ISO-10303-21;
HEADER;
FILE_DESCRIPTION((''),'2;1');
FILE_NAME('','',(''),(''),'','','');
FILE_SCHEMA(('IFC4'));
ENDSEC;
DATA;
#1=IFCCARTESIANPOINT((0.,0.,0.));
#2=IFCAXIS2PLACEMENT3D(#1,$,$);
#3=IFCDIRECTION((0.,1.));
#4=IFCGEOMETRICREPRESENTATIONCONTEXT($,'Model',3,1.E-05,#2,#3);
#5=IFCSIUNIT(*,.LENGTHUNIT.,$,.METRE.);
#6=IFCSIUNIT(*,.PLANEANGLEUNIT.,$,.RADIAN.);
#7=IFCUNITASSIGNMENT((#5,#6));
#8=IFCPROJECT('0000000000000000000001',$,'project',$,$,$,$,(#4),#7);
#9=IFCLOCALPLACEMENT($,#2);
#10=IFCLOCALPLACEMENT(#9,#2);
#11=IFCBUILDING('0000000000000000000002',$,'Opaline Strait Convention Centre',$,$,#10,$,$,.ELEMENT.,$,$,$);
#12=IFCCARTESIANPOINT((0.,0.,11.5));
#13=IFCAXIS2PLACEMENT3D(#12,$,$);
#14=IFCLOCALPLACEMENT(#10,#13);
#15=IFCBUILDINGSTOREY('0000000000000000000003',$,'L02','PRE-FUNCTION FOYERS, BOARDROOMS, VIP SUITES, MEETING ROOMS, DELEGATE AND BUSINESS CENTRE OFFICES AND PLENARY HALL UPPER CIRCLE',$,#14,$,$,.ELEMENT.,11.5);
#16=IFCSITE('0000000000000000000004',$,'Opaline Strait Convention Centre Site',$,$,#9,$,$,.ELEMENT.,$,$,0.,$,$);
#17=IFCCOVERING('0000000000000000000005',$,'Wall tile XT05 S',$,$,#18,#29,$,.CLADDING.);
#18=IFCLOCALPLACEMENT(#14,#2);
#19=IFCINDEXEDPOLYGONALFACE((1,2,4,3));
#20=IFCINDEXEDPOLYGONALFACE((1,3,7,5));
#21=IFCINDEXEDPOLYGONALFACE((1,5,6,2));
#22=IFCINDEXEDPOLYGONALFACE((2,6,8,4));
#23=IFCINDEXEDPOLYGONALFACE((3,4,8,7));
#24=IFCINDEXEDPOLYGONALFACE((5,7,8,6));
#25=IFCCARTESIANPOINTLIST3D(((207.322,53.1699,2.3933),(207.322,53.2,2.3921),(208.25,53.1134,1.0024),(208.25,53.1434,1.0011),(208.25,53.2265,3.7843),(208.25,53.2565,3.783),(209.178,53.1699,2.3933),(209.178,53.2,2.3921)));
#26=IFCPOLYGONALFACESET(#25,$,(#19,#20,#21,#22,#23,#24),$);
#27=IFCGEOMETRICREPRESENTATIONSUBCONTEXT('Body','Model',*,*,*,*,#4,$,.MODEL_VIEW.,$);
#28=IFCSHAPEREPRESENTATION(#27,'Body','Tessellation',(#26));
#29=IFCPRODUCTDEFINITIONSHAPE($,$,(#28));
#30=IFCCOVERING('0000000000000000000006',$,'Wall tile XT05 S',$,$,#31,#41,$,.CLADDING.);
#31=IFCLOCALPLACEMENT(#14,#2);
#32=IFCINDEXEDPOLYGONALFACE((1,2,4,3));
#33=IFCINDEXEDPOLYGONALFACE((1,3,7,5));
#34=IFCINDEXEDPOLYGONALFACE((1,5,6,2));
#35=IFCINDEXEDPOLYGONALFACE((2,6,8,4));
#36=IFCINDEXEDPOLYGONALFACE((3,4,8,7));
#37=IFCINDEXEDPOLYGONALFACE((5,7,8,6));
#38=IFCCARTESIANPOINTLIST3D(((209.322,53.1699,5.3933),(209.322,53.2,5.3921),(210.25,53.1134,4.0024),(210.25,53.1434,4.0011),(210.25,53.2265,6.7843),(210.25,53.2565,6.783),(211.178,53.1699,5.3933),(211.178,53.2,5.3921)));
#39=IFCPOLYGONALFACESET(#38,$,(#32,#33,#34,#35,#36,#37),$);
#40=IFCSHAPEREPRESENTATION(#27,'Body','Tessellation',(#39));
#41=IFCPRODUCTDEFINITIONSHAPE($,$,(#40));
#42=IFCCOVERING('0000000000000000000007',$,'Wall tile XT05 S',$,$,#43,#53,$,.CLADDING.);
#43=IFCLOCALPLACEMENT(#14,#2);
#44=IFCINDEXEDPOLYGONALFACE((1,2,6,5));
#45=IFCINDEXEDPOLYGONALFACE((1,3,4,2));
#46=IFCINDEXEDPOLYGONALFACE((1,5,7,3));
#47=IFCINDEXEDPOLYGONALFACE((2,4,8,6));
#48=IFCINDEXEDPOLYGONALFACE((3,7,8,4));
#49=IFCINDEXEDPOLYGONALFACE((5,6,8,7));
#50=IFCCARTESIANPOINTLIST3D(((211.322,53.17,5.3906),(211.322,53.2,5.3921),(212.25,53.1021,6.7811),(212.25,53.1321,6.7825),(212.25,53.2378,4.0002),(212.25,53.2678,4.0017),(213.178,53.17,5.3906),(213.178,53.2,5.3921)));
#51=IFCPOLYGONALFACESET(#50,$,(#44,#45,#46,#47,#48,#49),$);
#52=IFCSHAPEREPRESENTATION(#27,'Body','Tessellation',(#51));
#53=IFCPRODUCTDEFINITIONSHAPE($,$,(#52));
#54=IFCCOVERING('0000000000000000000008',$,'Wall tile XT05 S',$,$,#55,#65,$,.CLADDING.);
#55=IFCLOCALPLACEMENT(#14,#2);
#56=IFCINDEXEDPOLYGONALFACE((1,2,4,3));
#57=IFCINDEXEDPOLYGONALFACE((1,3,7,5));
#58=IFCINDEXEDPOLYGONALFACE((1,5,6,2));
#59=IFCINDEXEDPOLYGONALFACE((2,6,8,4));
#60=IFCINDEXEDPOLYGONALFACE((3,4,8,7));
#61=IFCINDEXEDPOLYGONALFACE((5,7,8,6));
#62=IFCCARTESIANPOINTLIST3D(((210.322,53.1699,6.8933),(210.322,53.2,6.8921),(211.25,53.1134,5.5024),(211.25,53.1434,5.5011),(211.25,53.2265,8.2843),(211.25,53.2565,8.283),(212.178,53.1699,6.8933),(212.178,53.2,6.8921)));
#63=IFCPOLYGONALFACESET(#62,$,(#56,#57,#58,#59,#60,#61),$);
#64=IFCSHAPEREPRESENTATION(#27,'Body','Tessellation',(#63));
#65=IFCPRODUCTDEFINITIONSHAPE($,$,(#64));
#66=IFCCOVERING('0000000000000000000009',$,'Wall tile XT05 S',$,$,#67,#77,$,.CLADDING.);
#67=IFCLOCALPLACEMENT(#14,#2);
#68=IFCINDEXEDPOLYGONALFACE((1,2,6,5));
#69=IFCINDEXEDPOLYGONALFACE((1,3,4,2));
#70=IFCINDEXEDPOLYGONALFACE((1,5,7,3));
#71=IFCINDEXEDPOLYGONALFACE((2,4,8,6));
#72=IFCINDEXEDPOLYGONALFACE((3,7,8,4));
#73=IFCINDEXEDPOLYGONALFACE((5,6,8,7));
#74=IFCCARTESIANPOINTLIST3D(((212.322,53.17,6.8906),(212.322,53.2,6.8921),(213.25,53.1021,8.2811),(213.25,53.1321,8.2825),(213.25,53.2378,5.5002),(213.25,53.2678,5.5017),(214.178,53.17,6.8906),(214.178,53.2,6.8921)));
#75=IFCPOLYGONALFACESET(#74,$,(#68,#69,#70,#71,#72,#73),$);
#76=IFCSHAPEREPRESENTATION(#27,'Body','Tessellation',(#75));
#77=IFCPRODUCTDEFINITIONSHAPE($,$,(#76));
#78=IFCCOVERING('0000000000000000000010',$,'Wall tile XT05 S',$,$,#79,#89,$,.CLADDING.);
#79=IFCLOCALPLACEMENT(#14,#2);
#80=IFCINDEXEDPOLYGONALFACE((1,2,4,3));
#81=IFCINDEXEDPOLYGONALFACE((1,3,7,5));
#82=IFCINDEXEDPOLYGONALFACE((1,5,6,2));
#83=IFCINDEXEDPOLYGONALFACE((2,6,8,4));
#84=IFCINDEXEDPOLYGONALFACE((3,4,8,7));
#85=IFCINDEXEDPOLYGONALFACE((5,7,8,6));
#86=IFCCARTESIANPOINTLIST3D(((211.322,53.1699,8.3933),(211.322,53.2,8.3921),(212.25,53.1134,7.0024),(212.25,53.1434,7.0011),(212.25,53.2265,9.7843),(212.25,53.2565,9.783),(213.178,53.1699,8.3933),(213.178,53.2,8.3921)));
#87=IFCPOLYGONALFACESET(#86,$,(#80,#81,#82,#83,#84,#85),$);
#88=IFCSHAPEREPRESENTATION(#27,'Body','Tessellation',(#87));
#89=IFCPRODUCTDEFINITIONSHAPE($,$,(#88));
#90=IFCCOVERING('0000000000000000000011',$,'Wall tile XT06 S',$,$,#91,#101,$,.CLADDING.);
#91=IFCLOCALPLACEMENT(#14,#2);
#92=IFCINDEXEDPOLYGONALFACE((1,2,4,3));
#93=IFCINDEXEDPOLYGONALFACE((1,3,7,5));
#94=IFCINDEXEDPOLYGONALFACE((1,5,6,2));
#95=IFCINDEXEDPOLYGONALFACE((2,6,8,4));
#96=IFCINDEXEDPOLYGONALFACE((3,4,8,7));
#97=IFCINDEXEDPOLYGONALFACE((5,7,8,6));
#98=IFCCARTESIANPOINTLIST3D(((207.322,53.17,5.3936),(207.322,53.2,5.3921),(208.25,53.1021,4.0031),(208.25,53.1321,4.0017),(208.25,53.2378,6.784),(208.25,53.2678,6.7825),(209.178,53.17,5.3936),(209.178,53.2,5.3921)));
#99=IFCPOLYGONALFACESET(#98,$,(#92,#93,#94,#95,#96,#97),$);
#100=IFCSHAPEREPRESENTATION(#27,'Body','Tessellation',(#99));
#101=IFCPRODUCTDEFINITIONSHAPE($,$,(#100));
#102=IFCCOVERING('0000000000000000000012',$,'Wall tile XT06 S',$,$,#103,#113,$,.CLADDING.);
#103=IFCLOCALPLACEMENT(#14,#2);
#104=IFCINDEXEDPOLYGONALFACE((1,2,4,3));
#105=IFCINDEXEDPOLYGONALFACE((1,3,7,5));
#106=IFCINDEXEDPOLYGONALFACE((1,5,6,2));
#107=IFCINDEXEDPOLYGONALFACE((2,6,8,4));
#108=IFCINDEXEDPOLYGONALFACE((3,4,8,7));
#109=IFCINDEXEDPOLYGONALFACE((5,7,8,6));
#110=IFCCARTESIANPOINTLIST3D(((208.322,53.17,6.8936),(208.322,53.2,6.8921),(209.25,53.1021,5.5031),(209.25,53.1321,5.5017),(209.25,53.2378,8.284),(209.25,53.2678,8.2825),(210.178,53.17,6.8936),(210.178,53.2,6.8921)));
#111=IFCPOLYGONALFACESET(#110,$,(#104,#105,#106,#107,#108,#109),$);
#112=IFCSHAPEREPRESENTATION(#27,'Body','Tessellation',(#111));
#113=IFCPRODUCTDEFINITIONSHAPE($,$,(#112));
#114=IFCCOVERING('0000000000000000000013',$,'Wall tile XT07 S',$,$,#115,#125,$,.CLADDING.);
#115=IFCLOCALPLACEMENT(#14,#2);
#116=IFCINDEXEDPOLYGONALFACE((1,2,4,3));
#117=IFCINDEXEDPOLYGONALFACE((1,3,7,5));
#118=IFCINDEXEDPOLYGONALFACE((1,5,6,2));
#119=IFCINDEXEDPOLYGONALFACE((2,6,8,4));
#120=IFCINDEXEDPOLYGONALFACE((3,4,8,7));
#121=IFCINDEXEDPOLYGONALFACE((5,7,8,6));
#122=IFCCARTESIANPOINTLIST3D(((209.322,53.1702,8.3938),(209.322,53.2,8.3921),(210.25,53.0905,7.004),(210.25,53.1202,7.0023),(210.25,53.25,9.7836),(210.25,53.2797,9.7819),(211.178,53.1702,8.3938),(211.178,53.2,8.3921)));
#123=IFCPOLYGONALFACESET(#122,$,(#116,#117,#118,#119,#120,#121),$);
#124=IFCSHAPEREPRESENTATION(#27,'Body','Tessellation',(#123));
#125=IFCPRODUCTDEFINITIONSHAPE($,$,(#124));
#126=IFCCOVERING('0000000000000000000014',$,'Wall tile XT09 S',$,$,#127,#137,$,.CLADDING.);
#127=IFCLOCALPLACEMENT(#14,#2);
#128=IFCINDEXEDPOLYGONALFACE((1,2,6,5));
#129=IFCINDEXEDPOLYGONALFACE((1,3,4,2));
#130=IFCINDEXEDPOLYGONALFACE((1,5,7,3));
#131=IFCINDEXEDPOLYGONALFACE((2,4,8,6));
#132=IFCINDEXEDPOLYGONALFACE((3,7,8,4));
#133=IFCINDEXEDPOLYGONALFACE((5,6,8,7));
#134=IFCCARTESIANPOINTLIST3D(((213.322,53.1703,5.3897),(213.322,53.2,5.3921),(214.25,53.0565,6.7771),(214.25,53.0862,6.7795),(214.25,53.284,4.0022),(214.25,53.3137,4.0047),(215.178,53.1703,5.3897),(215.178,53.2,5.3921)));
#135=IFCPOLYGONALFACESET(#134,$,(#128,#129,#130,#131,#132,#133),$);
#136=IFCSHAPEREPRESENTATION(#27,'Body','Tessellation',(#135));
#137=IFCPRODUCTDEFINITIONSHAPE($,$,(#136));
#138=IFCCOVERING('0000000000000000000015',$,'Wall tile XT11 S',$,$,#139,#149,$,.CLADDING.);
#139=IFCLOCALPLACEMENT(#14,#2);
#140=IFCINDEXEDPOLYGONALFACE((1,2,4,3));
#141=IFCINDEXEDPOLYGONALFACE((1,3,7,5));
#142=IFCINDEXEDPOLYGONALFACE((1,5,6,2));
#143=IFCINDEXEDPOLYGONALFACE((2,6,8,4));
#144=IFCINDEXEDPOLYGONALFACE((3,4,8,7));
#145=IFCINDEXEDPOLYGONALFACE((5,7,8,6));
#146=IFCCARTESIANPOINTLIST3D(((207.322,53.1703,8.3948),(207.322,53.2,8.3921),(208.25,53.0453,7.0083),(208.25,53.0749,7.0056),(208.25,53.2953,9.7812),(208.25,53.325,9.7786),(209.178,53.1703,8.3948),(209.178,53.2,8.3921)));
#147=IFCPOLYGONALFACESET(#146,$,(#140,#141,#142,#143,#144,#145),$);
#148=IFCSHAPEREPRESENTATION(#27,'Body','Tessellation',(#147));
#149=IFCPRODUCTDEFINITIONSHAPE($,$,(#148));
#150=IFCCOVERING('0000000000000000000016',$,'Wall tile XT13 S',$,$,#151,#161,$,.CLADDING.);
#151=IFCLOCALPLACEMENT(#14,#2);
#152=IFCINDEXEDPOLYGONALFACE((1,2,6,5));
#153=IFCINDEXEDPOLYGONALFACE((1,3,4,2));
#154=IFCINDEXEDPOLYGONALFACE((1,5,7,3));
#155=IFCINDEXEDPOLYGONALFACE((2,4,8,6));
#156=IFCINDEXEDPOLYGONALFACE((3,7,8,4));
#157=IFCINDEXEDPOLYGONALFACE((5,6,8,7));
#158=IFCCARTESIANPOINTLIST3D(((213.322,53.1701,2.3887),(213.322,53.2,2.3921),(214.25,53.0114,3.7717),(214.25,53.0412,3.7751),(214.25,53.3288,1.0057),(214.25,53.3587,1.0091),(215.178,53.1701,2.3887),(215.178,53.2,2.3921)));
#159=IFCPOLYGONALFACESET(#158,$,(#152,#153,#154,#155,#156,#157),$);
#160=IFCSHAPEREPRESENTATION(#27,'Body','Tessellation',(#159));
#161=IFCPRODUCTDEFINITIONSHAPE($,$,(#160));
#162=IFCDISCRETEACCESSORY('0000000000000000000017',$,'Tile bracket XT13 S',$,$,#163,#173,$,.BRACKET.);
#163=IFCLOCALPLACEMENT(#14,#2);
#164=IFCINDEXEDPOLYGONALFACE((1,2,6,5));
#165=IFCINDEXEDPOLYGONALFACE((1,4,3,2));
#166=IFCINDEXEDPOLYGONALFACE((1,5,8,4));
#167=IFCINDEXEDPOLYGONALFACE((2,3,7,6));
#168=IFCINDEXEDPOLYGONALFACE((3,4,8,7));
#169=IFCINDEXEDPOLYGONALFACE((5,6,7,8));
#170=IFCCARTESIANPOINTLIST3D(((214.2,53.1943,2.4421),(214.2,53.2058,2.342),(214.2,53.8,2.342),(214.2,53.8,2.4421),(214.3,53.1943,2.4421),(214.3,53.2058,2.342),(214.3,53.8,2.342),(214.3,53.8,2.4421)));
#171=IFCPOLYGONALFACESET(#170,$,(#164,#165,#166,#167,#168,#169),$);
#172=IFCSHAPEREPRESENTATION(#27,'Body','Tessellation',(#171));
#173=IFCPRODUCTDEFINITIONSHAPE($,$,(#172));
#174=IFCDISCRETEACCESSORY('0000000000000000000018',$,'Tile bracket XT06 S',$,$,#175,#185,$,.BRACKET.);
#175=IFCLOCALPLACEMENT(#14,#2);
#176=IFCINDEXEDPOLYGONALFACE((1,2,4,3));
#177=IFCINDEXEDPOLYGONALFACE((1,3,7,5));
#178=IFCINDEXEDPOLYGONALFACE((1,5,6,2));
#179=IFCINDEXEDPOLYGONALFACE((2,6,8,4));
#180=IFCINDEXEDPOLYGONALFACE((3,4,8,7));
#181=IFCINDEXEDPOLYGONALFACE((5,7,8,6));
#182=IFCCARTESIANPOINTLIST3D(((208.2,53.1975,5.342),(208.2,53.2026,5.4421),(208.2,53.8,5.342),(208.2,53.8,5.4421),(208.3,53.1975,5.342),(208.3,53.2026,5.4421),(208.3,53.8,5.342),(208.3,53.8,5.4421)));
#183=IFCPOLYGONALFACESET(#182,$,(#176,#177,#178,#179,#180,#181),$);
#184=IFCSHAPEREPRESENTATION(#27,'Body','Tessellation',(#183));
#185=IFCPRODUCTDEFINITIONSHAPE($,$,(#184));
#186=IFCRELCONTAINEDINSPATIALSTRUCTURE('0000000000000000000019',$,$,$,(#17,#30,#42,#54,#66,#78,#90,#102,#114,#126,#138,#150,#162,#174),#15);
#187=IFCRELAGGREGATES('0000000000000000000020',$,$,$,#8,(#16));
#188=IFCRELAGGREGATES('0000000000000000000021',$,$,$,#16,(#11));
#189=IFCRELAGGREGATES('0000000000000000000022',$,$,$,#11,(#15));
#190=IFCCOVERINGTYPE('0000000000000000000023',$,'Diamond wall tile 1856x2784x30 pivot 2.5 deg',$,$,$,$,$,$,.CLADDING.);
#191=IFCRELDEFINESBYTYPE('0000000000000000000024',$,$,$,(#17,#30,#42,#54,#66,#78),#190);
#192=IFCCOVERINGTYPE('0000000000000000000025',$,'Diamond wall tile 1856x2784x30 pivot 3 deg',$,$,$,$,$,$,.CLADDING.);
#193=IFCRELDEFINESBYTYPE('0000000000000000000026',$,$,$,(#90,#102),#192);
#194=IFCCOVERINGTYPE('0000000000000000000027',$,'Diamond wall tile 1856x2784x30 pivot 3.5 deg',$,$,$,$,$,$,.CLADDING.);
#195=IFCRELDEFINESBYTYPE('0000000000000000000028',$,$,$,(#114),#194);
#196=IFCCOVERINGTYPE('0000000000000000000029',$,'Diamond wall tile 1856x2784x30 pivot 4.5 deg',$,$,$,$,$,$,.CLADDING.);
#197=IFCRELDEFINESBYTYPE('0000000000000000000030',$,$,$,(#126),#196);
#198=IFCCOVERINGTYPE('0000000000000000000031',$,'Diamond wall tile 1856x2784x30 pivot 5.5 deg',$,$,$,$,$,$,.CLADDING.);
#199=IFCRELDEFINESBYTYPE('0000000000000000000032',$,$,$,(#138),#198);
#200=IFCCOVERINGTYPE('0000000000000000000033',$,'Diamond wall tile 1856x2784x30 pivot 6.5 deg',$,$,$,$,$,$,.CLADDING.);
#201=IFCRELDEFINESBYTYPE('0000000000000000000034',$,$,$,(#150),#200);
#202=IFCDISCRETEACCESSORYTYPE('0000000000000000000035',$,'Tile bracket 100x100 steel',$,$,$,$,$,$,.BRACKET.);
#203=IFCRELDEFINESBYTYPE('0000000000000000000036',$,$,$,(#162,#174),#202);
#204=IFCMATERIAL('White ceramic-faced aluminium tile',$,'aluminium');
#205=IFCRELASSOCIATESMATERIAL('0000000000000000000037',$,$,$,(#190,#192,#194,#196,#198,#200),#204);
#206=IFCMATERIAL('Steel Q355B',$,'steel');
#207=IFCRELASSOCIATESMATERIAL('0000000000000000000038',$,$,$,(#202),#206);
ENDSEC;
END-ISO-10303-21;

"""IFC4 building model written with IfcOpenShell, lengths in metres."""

from ifc_helpers import new_model, si_unit, direction, frame, origin, place, context, subcontext, project, spatial, polyline, outline, extrude, material, material_profile, profile_set, type_object, element, save


model = new_model("IFC4")

# Units and contexts
model_context = context("Model", 3, precision=1e-05, world=origin(), true_north=direction((0.0, 1.0)))
body_context = subcontext(model_context, "Body", "Model", "MODEL_VIEW")
ifc_project = project(units=[si_unit("LENGTHUNIT", "METRE"), si_unit("PLANEANGLEUNIT", "RADIAN")], contexts=[model_context])

# Site, building, storey
site_placement = place(None, origin())
site = spatial("IfcSite", under=ifc_project, at=site_placement, Name="Opaline Strait Convention Centre Site", CompositionType="ELEMENT", RefElevation=0.0)
building_placement = place(site_placement, origin())
building = spatial("IfcBuilding", under=site, at=building_placement, Name="Opaline Strait Convention Centre", CompositionType="ELEMENT")
storey_placement = place(building_placement, frame((0.0, 0.0, 11.5)))
storey = spatial("IfcBuildingStorey", under=building, at=storey_placement, Name="L02", Description="PRE-FUNCTION FOYERS, BOARDROOMS, VIP SUITES, MEETING ROOMS, DELEGATE AND BUSINESS CENTRE OFFICES AND PLENARY HALL UPPER CIRCLE", CompositionType="ELEMENT", Elevation=11.5)

# Coverings
ifc_material_1 = material(Name="White ceramic-faced aluminium tile", Category="aluminium")
ifc_material_profile_1 = material_profile(ifc_material_1, outline(polyline([(0.928, 0.0), (0.0, 1.3921), (-0.928, 0.0), (0.0, -1.3921), (0.928, 0.0)])), Name="Diamond tile 1856x2784")
ifc_profile_set_1 = profile_set([ifc_material_profile_1], Name="White ceramic-faced aluminium tile")
covering_type_1 = type_object("IfcCoveringType", Name="Diamond wall tile 1856x2784x30 pivot 2.5 deg", PredefinedType="CLADDING", material=ifc_profile_set_1)
for number, where, z_axis, x_axis, name in (
    (1, (208.25, 53.2, 2.3921), (0.0, -0.999175, 0.040617), (1.0, 0.0, 0.0), "Wall tile XT05 S"),
    (2, (210.25, 53.2, 5.3921), (0.0, -0.999175, 0.040617), (1.0, 0.0, 0.0), "Wall tile XT05 S"),
    (3, (212.25, 53.2, 5.3921), (0.0, -0.998812, -0.048723), (1.0, 0.0, 0.0), "Wall tile XT05 S"),
    (4, (211.25, 53.2, 6.8921), (0.0, -0.999175, 0.040617), (1.0, 0.0, 0.0), "Wall tile XT05 S"),
    (5, (213.25, 53.2, 6.8921), (0.0, -0.998812, -0.048723), (1.0, 0.0, 0.0), "Wall tile XT05 S"),
    (6, (212.25, 53.2, 8.3921), (0.0, -0.999175, 0.040617), (1.0, 0.0, 0.0), "Wall tile XT05 S"),
):
    element("IfcCovering", number, at=place(storey_placement, frame(where, z_axis=z_axis, x_axis=x_axis)), inside=storey, type_object=covering_type_1, Name=name, PredefinedType="CLADDING", context=body_context, shape_type="SweptSolid", body=[
        extrude(outline(polyline([(0.928, 0.0), (0.0, 1.3921), (-0.928, 0.0), (0.0, -1.3921), (0.928, 0.0)])), origin(), (0.0, 0.0, 1.0), 0.03),
    ])
ifc_material_profile_2 = material_profile(ifc_material_1, outline(polyline([(0.928, 0.0), (0.0, 1.3921), (-0.928, 0.0), (0.0, -1.3921), (0.928, 0.0)])), Name="Diamond tile 1856x2784")
ifc_profile_set_2 = profile_set([ifc_material_profile_2], Name="White ceramic-faced aluminium tile")
covering_type_2 = type_object("IfcCoveringType", Name="Diamond wall tile 1856x2784x30 pivot 3 deg", PredefinedType="CLADDING", material=ifc_profile_set_2)
for number, where, z_axis, x_axis, name in (
    (7, (208.25, 53.2, 5.3921), (0.0, -0.998812, 0.048723), (1.0, 0.0, 0.0), "Wall tile XT06 S"),
    (8, (209.25, 53.2, 6.8921), (0.0, -0.998812, 0.048723), (1.0, 0.0, 0.0), "Wall tile XT06 S"),
):
    element("IfcCovering", number, at=place(storey_placement, frame(where, z_axis=z_axis, x_axis=x_axis)), inside=storey, type_object=covering_type_2, Name=name, PredefinedType="CLADDING", context=body_context, shape_type="SweptSolid", body=[
        extrude(outline(polyline([(0.928, 0.0), (0.0, 1.3921), (-0.928, 0.0), (0.0, -1.3921), (0.928, 0.0)])), origin(), (0.0, 0.0, 1.0), 0.03),
    ])
ifc_material_profile_3 = material_profile(ifc_material_1, outline(polyline([(0.928, 0.0), (0.0, 1.3921), (-0.928, 0.0), (0.0, -1.3921), (0.928, 0.0)])), Name="Diamond tile 1856x2784")
ifc_profile_set_3 = profile_set([ifc_material_profile_3], Name="White ceramic-faced aluminium tile")
covering_type_3 = type_object("IfcCoveringType", Name="Diamond wall tile 1856x2784x30 pivot 3.5 deg", PredefinedType="CLADDING", material=ifc_profile_set_3)
covering_1_placement = place(storey_placement, frame((210.25, 53.2, 8.3921), z_axis=(0.0, -0.998358, 0.057283), x_axis=(1.0, 0.0, 0.0)))
element("IfcCovering", 9, at=covering_1_placement, inside=storey, type_object=covering_type_3, Name="Wall tile XT07 S", PredefinedType="CLADDING", context=body_context, shape_type="SweptSolid", body=[
    extrude(outline(polyline([(0.928, 0.0), (0.0, 1.3921), (-0.928, 0.0), (0.0, -1.3921), (0.928, 0.0)])), origin(), (0.0, 0.0, 1.0), 0.0298),
])
ifc_material_profile_4 = material_profile(ifc_material_1, outline(polyline([(0.928, 0.0), (0.0, 1.3921), (-0.928, 0.0), (0.0, -1.3921), (0.928, 0.0)])), Name="Diamond tile 1856x2784")
ifc_profile_set_4 = profile_set([ifc_material_profile_4], Name="White ceramic-faced aluminium tile")
covering_type_4 = type_object("IfcCoveringType", Name="Diamond wall tile 1856x2784x30 pivot 4.5 deg", PredefinedType="CLADDING", material=ifc_profile_set_4)
covering_2_placement = place(storey_placement, frame((214.25, 53.2, 5.3921), z_axis=(0.0, -0.996658, -0.081693), x_axis=(1.0, 0.0, 0.0)))
element("IfcCovering", 10, at=covering_2_placement, inside=storey, type_object=covering_type_4, Name="Wall tile XT09 S", PredefinedType="CLADDING", context=body_context, shape_type="SweptSolid", body=[
    extrude(outline(polyline([(0.928, 0.0), (0.0, 1.3921), (-0.928, 0.0), (0.0, -1.3921), (0.928, 0.0)])), origin(), (0.0, 0.0, 1.0), 0.0298),
])
ifc_material_profile_5 = material_profile(ifc_material_1, outline(polyline([(0.928, 0.0), (0.0, 1.3921), (-0.928, 0.0), (0.0, -1.3921), (0.928, 0.0)])), Name="Diamond tile 1856x2784")
ifc_profile_set_5 = profile_set([ifc_material_profile_5], Name="White ceramic-faced aluminium tile")
covering_type_5 = type_object("IfcCoveringType", Name="Diamond wall tile 1856x2784x30 pivot 5.5 deg", PredefinedType="CLADDING", material=ifc_profile_set_5)
covering_3_placement = place(storey_placement, frame((208.25, 53.2, 8.3921), z_axis=(0.0, -0.99596, 0.0898), x_axis=(1.0, 0.0, 0.0)))
element("IfcCovering", 11, at=covering_3_placement, inside=storey, type_object=covering_type_5, Name="Wall tile XT11 S", PredefinedType="CLADDING", context=body_context, shape_type="SweptSolid", body=[
    extrude(outline(polyline([(0.928, 0.0), (0.0, 1.3921), (-0.928, 0.0), (0.0, -1.3921), (0.928, 0.0)])), origin(), (0.0, 0.0, 1.0), 0.0298),
])
ifc_material_profile_6 = material_profile(ifc_material_1, outline(polyline([(0.928, 0.0), (0.0, 1.3921), (-0.928, 0.0), (0.0, -1.3921), (0.928, 0.0)])), Name="Diamond tile 1856x2784")
ifc_profile_set_6 = profile_set([ifc_material_profile_6], Name="White ceramic-faced aluminium tile")
covering_type_6 = type_object("IfcCoveringType", Name="Diamond wall tile 1856x2784x30 pivot 6.5 deg", PredefinedType="CLADDING", material=ifc_profile_set_6)
covering_4_placement = place(storey_placement, frame((214.25, 53.2, 2.3921), z_axis=(0.0, -0.99348, -0.114006), x_axis=(1.0, 0.0, 0.0)))
element("IfcCovering", 12, at=covering_4_placement, inside=storey, type_object=covering_type_6, Name="Wall tile XT13 S", PredefinedType="CLADDING", context=body_context, shape_type="SweptSolid", body=[
    extrude(outline(polyline([(0.928, 0.0), (0.0, 1.3921), (-0.928, 0.0), (0.0, -1.3921), (0.928, 0.0)])), origin(), (0.0, 0.0, 1.0), 0.03),
])

# Discrete accessories
ifc_material_2 = material(Name="Steel Q355B", Category="steel")
discrete_accessory_type = type_object("IfcDiscreteAccessoryType", Name="Tile bracket 100x100 steel", PredefinedType="BRACKET", material=ifc_material_2)
discrete_accessory_1_placement = place(storey_placement, frame((214.2, 53.8, 2.3921), z_axis=(1.0, 0.0, 0.0), x_axis=(0.0, 1.0, 0.0)))
element("IfcDiscreteAccessory", 13, at=discrete_accessory_1_placement, inside=storey, type_object=discrete_accessory_type, Name="Tile bracket XT13 S", PredefinedType="BRACKET", context=body_context, shape_type="SweptSolid", body=[
    extrude(outline(polyline([(0.0, -0.05), (0.0, 0.05), (-0.6057, 0.05), (-0.5942, -0.05), (0.0, -0.05)])), origin(), (0.0, 0.0, 1.0), 0.1001),
])
discrete_accessory_2_placement = place(storey_placement, frame((208.2, 53.8, 5.3921), z_axis=(1.0, 0.0, 0.0), x_axis=(0.0, 1.0, 0.0)))
element("IfcDiscreteAccessory", 14, at=discrete_accessory_2_placement, inside=storey, type_object=discrete_accessory_type, Name="Tile bracket XT06 S", PredefinedType="BRACKET", context=body_context, shape_type="SweptSolid", body=[
    extrude(outline(polyline([(0.0, -0.05), (0.0, 0.05), (-0.5974, 0.05), (-0.6025, -0.05), (0.0, -0.05)])), origin(), (0.0, 0.0, 1.0), 0.1001),
])

save(model, "model.ifc")
